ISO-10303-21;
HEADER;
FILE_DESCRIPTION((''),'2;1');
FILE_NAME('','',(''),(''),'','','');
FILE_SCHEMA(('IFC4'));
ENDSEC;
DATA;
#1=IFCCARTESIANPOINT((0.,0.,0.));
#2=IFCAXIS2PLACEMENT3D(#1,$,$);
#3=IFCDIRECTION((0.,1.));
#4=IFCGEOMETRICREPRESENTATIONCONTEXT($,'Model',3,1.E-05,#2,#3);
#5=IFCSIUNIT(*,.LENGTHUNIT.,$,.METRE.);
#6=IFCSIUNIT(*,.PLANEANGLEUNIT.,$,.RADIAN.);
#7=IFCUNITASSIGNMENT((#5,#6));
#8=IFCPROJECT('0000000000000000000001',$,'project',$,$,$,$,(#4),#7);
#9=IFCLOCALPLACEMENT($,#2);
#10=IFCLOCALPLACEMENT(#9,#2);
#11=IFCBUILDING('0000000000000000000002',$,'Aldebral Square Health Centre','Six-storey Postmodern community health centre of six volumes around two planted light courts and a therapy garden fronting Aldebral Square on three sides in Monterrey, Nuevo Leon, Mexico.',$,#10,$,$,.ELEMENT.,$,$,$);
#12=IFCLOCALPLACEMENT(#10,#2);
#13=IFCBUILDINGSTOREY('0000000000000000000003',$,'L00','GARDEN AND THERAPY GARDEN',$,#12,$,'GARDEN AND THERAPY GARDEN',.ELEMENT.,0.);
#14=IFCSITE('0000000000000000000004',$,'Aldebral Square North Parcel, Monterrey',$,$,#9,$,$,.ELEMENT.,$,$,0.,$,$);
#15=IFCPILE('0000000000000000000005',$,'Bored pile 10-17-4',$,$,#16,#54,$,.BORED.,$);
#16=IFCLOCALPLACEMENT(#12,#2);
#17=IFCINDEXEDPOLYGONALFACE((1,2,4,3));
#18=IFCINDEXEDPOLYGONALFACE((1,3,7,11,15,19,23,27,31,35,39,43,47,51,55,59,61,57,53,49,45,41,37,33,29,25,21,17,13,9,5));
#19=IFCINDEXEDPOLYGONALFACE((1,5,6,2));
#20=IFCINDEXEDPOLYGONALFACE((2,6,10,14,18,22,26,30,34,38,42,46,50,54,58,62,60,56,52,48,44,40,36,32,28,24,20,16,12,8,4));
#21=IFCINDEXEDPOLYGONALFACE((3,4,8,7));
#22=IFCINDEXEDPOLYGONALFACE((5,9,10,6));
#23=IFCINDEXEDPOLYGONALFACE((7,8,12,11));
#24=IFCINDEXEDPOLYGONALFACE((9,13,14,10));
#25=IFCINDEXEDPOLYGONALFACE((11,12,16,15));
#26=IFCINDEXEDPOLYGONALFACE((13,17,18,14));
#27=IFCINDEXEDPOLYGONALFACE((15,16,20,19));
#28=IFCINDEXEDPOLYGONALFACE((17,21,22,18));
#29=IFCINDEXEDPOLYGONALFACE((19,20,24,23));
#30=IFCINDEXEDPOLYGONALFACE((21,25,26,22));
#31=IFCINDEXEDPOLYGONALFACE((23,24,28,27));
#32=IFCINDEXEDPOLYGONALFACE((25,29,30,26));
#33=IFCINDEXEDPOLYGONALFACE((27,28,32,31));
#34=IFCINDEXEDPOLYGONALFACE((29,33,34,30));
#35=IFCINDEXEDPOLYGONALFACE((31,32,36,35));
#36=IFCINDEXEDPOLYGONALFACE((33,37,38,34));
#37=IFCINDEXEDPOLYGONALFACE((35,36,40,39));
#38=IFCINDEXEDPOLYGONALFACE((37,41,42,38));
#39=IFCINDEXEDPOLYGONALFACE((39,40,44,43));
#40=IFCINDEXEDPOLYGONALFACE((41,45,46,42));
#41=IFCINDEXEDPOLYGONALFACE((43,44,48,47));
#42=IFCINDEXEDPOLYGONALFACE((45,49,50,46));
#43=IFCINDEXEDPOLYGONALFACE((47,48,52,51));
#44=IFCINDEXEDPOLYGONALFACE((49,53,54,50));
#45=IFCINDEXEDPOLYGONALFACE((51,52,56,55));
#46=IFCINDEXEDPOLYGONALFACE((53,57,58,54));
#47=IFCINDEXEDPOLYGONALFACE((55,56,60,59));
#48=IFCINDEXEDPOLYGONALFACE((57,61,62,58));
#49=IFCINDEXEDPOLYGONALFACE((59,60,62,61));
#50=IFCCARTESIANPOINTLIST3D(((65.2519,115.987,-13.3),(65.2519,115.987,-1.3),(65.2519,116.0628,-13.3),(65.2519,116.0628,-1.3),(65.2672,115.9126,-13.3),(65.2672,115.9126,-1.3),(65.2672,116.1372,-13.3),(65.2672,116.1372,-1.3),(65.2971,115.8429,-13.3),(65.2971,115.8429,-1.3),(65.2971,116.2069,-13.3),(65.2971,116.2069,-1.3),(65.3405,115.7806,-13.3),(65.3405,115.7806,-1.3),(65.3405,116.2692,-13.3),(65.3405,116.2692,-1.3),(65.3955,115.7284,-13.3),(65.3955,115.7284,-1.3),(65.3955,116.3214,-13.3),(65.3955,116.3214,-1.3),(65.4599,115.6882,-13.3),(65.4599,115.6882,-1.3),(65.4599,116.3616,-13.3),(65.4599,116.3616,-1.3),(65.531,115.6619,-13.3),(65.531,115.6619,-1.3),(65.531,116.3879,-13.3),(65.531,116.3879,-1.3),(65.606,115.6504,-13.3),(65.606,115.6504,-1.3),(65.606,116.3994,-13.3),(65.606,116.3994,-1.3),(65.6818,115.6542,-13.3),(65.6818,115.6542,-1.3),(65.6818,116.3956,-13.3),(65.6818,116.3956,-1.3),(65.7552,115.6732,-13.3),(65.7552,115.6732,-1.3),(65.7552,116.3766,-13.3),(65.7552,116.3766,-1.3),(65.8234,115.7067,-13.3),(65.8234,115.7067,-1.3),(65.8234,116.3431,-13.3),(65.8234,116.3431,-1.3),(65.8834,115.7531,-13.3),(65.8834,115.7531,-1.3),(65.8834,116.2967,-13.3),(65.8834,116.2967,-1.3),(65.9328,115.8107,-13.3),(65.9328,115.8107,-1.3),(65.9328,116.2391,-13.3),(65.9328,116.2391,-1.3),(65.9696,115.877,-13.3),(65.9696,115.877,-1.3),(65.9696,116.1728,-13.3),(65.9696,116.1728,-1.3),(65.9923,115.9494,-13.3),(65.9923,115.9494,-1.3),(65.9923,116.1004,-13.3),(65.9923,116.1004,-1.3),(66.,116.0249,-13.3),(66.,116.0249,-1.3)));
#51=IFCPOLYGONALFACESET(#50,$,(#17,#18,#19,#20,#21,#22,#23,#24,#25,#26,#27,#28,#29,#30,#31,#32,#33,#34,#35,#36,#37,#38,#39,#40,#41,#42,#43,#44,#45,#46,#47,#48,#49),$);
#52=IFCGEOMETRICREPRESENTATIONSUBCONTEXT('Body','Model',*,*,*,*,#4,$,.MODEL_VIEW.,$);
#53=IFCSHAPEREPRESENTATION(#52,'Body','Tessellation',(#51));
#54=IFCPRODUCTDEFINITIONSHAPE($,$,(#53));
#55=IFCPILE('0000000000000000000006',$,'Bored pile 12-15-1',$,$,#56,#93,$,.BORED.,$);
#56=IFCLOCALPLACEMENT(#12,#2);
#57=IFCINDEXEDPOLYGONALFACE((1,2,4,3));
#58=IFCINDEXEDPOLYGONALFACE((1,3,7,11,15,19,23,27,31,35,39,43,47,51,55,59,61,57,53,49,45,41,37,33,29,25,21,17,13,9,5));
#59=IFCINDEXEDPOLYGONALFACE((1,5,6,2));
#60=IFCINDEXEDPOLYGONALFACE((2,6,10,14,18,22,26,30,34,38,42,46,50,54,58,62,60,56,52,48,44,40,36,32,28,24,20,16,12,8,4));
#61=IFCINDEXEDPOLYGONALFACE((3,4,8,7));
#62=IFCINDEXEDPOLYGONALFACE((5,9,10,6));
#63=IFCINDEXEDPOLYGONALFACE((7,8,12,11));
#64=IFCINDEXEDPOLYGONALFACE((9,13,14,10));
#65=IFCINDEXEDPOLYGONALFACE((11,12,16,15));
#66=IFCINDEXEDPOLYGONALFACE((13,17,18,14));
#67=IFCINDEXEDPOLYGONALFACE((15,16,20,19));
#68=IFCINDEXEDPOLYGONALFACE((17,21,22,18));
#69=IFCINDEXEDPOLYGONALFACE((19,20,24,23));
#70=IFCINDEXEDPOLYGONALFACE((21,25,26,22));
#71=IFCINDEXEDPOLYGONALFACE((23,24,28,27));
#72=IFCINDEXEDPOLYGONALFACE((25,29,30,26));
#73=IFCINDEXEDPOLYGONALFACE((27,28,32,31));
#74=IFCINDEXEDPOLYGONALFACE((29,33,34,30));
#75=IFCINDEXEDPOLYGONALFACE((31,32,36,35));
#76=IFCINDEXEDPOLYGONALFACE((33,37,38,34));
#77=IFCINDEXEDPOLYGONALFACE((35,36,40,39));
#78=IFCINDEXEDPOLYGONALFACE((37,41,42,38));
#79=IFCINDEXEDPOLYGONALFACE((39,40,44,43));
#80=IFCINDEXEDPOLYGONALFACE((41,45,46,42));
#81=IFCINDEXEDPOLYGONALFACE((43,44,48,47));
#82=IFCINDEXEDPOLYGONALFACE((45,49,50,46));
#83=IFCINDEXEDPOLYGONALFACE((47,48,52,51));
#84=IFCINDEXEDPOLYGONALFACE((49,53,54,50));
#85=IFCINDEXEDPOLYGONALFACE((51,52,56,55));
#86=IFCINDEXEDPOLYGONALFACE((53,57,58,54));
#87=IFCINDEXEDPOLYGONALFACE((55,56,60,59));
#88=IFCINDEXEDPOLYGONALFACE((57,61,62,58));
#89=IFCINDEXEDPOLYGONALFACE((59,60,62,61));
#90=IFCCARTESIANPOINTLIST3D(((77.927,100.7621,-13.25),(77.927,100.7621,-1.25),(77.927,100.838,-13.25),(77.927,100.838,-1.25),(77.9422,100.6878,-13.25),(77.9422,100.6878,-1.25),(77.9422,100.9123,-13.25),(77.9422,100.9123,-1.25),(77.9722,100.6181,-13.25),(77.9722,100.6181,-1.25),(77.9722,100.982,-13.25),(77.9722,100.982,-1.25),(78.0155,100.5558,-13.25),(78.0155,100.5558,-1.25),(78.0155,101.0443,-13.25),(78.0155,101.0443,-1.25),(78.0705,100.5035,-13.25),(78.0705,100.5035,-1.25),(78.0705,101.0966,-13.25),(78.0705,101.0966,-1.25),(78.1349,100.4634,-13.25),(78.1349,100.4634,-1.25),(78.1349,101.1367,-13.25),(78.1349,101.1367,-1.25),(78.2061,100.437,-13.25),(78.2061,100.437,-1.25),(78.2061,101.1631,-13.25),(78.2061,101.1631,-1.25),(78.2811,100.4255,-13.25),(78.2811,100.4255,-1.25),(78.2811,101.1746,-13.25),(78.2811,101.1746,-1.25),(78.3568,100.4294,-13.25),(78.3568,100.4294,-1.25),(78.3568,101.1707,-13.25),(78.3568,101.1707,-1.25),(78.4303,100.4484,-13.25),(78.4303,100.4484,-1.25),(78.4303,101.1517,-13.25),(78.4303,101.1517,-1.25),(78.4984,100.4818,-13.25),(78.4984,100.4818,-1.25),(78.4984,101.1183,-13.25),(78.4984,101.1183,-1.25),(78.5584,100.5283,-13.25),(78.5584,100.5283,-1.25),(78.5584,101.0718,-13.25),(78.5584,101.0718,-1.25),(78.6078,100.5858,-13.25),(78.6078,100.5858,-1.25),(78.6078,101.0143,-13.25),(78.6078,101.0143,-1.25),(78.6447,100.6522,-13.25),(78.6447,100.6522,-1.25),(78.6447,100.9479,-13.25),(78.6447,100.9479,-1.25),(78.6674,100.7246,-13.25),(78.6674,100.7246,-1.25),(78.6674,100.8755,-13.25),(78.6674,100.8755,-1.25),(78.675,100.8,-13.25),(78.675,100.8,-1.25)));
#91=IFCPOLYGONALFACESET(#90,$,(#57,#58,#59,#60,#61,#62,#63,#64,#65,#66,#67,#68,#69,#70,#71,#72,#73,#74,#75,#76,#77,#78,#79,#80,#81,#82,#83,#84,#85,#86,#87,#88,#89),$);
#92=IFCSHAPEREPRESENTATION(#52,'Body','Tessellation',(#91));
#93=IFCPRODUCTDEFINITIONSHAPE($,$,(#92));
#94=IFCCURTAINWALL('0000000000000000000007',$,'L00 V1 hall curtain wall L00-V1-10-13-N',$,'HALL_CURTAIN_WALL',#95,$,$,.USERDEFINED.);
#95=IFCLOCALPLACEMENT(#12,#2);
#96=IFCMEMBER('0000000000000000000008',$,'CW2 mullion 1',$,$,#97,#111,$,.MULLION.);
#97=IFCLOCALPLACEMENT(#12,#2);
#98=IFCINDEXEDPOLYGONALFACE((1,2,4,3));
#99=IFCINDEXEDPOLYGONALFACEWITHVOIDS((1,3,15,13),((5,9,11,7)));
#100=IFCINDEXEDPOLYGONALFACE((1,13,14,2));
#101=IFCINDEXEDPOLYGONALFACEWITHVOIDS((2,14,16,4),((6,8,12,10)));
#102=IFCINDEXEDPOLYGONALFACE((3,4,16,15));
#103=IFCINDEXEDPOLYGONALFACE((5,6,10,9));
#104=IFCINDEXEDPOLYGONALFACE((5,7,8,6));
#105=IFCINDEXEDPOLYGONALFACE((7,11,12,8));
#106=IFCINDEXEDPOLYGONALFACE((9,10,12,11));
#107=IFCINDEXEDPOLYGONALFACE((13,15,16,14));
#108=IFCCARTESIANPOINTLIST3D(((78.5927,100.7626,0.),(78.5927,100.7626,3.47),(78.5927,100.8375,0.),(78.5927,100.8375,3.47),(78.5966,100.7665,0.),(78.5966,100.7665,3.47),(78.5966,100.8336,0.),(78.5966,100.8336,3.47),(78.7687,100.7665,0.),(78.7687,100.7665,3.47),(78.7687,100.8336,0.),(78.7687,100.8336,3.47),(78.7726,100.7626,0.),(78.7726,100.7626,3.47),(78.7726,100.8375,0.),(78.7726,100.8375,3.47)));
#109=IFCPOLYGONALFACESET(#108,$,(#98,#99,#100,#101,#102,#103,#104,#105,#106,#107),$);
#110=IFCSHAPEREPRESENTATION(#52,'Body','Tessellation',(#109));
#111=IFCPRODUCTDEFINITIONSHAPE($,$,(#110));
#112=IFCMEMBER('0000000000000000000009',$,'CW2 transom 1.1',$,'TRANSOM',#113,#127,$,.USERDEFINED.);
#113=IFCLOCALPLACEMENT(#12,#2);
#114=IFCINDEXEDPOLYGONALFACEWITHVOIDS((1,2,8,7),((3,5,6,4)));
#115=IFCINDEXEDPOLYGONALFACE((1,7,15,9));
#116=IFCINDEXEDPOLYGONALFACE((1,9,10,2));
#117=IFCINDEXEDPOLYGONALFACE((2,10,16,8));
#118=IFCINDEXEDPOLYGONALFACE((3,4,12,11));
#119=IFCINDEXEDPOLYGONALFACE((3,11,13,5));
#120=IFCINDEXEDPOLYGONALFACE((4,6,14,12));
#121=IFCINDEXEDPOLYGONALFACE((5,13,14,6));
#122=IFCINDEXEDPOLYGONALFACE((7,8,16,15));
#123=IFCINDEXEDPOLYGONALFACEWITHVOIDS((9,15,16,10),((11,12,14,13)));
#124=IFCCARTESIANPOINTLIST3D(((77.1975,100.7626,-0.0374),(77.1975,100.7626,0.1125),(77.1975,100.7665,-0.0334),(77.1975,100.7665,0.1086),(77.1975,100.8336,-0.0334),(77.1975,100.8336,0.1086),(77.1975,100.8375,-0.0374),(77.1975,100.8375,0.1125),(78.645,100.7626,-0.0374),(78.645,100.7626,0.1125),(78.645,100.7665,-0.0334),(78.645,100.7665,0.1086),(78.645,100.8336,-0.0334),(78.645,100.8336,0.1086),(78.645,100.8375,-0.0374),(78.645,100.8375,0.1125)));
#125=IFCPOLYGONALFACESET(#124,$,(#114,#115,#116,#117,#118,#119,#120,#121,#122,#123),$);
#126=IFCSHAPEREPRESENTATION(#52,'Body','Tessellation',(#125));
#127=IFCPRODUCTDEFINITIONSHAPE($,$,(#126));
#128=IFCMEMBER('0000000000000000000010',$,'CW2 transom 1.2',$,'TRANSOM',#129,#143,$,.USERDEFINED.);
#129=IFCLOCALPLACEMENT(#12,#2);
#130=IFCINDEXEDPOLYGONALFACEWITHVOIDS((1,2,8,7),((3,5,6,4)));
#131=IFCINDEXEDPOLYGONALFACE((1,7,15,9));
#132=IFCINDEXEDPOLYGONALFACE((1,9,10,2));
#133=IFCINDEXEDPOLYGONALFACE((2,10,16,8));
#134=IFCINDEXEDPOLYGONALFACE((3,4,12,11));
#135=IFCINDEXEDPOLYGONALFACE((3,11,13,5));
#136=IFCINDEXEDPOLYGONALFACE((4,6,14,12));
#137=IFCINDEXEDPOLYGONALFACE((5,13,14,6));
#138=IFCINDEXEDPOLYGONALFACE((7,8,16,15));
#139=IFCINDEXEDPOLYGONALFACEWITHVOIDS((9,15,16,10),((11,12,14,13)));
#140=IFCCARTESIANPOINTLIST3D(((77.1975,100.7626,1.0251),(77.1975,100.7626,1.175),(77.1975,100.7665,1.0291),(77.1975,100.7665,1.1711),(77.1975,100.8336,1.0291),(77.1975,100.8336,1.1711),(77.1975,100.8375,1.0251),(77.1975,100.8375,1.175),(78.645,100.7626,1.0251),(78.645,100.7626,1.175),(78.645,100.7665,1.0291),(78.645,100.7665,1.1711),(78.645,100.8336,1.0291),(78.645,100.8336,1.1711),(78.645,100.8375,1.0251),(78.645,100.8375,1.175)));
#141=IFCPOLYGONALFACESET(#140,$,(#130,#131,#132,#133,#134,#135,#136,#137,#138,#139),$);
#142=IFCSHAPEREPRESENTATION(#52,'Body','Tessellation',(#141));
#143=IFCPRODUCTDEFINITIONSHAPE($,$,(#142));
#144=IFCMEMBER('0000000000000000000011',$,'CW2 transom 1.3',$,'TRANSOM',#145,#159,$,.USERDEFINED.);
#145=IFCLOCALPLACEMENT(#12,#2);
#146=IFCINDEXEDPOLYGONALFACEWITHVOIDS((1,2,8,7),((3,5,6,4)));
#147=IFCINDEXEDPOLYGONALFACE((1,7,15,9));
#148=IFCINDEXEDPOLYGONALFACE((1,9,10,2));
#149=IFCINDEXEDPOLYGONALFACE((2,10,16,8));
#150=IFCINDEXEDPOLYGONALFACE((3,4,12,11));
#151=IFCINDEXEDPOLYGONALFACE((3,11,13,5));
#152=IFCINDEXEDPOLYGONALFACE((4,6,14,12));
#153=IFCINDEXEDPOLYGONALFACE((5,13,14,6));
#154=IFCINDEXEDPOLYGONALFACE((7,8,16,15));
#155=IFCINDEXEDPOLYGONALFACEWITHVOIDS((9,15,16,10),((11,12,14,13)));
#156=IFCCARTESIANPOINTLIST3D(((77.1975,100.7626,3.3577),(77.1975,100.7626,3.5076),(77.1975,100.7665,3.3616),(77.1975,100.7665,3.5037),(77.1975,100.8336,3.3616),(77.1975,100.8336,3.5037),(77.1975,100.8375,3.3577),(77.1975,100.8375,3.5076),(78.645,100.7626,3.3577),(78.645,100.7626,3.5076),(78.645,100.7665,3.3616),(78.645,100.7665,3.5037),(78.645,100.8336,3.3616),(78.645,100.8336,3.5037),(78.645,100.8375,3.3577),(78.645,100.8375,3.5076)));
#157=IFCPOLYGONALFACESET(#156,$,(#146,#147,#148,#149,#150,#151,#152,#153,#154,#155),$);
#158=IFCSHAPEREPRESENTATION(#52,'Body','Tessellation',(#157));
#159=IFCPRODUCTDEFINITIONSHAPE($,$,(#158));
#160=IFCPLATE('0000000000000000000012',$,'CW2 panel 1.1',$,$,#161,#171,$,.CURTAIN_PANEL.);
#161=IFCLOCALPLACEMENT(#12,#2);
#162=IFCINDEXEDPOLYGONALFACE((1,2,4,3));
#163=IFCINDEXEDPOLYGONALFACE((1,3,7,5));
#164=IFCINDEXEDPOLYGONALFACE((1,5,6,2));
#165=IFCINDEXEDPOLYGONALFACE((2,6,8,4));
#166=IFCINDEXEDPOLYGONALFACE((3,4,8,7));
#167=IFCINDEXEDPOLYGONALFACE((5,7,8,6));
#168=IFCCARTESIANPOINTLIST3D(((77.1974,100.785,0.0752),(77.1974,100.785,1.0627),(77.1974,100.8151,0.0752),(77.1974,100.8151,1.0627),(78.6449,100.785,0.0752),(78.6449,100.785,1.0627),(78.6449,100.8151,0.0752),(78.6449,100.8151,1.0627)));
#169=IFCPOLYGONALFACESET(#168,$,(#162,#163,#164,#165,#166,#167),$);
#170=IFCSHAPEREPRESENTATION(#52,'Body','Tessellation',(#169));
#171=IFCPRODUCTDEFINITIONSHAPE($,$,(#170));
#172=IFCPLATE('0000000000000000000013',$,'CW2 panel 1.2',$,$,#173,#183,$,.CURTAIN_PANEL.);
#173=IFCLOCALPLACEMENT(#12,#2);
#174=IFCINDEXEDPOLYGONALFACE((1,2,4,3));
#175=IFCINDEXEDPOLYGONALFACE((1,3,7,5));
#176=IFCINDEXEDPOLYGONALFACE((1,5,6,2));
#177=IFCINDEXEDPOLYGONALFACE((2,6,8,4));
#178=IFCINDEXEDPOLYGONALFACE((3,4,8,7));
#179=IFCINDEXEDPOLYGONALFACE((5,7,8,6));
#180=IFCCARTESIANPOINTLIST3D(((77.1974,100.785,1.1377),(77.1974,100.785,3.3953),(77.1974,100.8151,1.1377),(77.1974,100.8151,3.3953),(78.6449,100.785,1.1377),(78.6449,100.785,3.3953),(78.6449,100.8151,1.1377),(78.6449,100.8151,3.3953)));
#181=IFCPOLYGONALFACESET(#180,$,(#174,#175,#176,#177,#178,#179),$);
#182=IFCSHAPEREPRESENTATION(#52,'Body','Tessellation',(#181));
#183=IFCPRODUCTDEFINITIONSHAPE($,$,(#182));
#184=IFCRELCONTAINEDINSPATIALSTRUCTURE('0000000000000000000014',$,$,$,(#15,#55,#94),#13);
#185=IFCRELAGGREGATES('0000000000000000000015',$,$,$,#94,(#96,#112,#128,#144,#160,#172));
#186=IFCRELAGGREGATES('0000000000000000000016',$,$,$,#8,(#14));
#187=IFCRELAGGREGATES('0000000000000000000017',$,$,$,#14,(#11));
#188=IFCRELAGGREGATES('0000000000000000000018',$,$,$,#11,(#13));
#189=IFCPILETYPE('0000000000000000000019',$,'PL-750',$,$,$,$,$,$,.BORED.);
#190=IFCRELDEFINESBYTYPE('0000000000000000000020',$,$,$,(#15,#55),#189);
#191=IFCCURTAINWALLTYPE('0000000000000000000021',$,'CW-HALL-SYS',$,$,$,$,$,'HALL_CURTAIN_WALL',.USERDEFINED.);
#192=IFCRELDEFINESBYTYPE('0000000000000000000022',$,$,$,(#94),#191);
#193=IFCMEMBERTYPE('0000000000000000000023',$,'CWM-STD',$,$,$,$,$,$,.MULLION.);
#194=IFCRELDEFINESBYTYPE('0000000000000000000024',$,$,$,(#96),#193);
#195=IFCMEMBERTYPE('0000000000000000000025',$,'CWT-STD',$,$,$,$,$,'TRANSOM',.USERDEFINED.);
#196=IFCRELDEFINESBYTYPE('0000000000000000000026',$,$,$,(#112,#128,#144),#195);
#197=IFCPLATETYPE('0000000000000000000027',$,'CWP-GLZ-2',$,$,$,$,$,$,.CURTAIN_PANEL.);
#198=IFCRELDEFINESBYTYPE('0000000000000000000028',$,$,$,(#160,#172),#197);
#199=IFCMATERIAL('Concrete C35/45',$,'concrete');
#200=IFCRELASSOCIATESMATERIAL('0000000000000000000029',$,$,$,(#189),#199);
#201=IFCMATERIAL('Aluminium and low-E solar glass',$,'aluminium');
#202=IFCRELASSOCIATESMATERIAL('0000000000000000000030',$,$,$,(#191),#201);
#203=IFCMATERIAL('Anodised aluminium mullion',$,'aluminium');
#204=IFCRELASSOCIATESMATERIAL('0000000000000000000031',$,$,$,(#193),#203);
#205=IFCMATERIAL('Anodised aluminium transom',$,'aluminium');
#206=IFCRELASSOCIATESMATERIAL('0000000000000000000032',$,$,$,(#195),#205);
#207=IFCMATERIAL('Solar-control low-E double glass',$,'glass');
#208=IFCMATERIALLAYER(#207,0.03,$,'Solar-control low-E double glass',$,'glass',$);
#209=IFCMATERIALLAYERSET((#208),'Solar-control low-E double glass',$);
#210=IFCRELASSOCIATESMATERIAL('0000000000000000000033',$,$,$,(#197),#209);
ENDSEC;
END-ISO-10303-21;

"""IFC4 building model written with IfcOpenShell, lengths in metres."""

from ifc_helpers import new_model, si_unit, direction, frame, origin, origin_2d, place, context, subcontext, project, spatial, rectangle, hollow_rectangle, circle, extrude, material, layer, layer_set, material_profile, profile_set, type_object, element, aggregate, save


model = new_model("IFC4")

# Units and contexts
model_context = context("Model", 3, precision=1e-05, world=origin(), true_north=direction((0.0, 1.0)))
body_context = subcontext(model_context, "Body", "Model", "MODEL_VIEW")
ifc_project = project(units=[si_unit("LENGTHUNIT", "METRE"), si_unit("PLANEANGLEUNIT", "RADIAN")], contexts=[model_context])

# Site, building, storey
site_placement = place(None, origin())
site = spatial("IfcSite", under=ifc_project, at=site_placement, Name="Aldebral Square North Parcel, Monterrey", CompositionType="ELEMENT", RefElevation=0.0)
building_placement = place(site_placement, origin())
building = spatial("IfcBuilding", under=site, at=building_placement, Name="Aldebral Square Health Centre", Description="Six-storey Postmodern community health centre of six volumes around two planted light courts and a therapy garden fronting Aldebral Square on three sides in Monterrey, Nuevo Leon, Mexico.", CompositionType="ELEMENT")
storey_placement = place(building_placement, origin())
storey = spatial("IfcBuildingStorey", under=building, at=storey_placement, Name="L00", Description="GARDEN AND THERAPY GARDEN", LongName="GARDEN AND THERAPY GARDEN", CompositionType="ELEMENT", Elevation=0.0)

# Shared definitions
ifc_material_1 = material(Name="Concrete C35/45", Category="concrete")

# Piles
ifc_material_profile_1 = material_profile(ifc_material_1, circle(Radius=0.375, at=origin_2d()), Name="PILE D750")
ifc_profile_set_1 = profile_set([ifc_material_profile_1], Name="Concrete C35/45")
pile_type = type_object("IfcPileType", Name="PL-750", PredefinedType="BORED", material=ifc_profile_set_1)
for number, where, z_axis, x_axis, name in (
    (1, (65.625, 116.0249, -1.3), (0.0, 0.0, -1.0), (1.0, 0.0, 0.0), "Bored pile 10-17-4"),
    (2, (78.3, 100.8, -1.25), (0.0, 0.0, -1.0), (1.0, 0.0, 0.0), "Bored pile 12-15-1"),
):
    element("IfcPile", number, at=place(storey_placement, frame(where, z_axis=z_axis, x_axis=x_axis)), inside=storey, type_object=pile_type, Name=name, PredefinedType="BORED", context=body_context, shape_type="SweptSolid", body=[
        extrude(circle(Radius=0.375, at=origin_2d()), origin(), (0.0, 0.0, 1.0), 12.0),
    ])

# Curtain wall, members, plates
ifc_material_2 = material(Name="Aluminium and low-E solar glass", Category="aluminium")
curtain_wall_type = type_object("IfcCurtainWallType", Name="CW-HALL-SYS", ElementType="HALL_CURTAIN_WALL", PredefinedType="USERDEFINED", material=ifc_material_2)
curtain_wall_placement = place(storey_placement, origin())
curtain_wall = element("IfcCurtainWall", 3, at=curtain_wall_placement, inside=storey, type_object=curtain_wall_type, Name="L00 V1 hall curtain wall L00-V1-10-13-N", ObjectType="HALL_CURTAIN_WALL", PredefinedType="USERDEFINED")
ifc_material_3 = material(Name="Anodised aluminium mullion", Category="aluminium")
ifc_material_profile_2 = material_profile(ifc_material_3, hollow_rectangle(XDim=0.075, YDim=0.1799, WallThickness=0.0039, at=origin_2d()), Name="CWM 75x180x4")
ifc_profile_set_2 = profile_set([ifc_material_profile_2], Name="Anodised aluminium mullion")
member_type_1 = type_object("IfcMemberType", Name="CWM-STD", PredefinedType="MULLION", material=ifc_profile_set_2)
member_1_placement = place(storey_placement, frame((78.6826, 100.8, 0.0), z_axis=(0.0, 0.0, 1.0), x_axis=(0.0, -1.0, 0.0)))
member_1 = element("IfcMember", 4, at=member_1_placement, type_object=member_type_1, Name="CW2 mullion 1", PredefinedType="MULLION", context=body_context, shape_type="SweptSolid", body=[
    extrude(hollow_rectangle(XDim=0.075, YDim=0.1799, WallThickness=0.0039, at=origin_2d()), origin(), (0.0, 0.0, 1.0), 3.47),
])
ifc_material_4 = material(Name="Anodised aluminium transom", Category="aluminium")
ifc_material_profile_3 = material_profile(ifc_material_4, hollow_rectangle(XDim=0.075, YDim=0.1499, WallThickness=0.0039, at=origin_2d()), Name="CWT 75x150x4")
ifc_profile_set_3 = profile_set([ifc_material_profile_3], Name="Anodised aluminium transom")
member_type_2 = type_object("IfcMemberType", Name="CWT-STD", ElementType="TRANSOM", PredefinedType="USERDEFINED", material=ifc_profile_set_3)
member_2_placement = place(storey_placement, frame((78.645, 100.8, 0.0376), z_axis=(-1.0, 0.0, 0.0), x_axis=(0.0, -1.0, 0.0)))
member_2 = element("IfcMember", 5, at=member_2_placement, type_object=member_type_2, Name="CW2 transom 1.1", ObjectType="TRANSOM", PredefinedType="USERDEFINED", context=body_context, shape_type="SweptSolid", body=[
    extrude(hollow_rectangle(XDim=0.075, YDim=0.1499, WallThickness=0.0039, at=origin_2d()), origin(), (0.0, 0.0, 1.0), 1.4475),
])
member_3_placement = place(storey_placement, frame((78.645, 100.8, 1.1001), z_axis=(-1.0, 0.0, 0.0), x_axis=(0.0, -1.0, 0.0)))
member_3 = element("IfcMember", 6, at=member_3_placement, type_object=member_type_2, Name="CW2 transom 1.2", ObjectType="TRANSOM", PredefinedType="USERDEFINED", context=body_context, shape_type="SweptSolid", body=[
    extrude(hollow_rectangle(XDim=0.075, YDim=0.1499, WallThickness=0.0039, at=origin_2d()), origin(), (0.0, 0.0, 1.0), 1.4475),
])
member_4_placement = place(storey_placement, frame((78.645, 100.8, 3.4326), z_axis=(-1.0, 0.0, 0.0), x_axis=(0.0, -1.0, 0.0)))
member_4 = element("IfcMember", 7, at=member_4_placement, type_object=member_type_2, Name="CW2 transom 1.3", ObjectType="TRANSOM", PredefinedType="USERDEFINED", context=body_context, shape_type="SweptSolid", body=[
    extrude(hollow_rectangle(XDim=0.075, YDim=0.1499, WallThickness=0.0039, at=origin_2d()), origin(), (0.0, 0.0, 1.0), 1.4475),
])
ifc_material_5 = material(Name="Solar-control low-E double glass", Category="glass")
ifc_layer_1 = layer(ifc_material_5, 0.03, Name="Solar-control low-E double glass", Category="glass")
ifc_layer_set_1 = layer_set([ifc_layer_1], Name="Solar-control low-E double glass")
plate_type = type_object("IfcPlateType", Name="CWP-GLZ-2", PredefinedType="CURTAIN_PANEL", material=ifc_layer_set_1)
plate_1_placement = place(storey_placement, frame((77.9211, 100.8, 0.0752), z_axis=(0.0, 0.0, 1.0), x_axis=(-1.0, 0.0, 0.0)))
plate_1 = element("IfcPlate", 8, at=plate_1_placement, type_object=plate_type, Name="CW2 panel 1.1", PredefinedType="CURTAIN_PANEL", context=body_context, shape_type="SweptSolid", body=[
    extrude(rectangle(XDim=1.4475, YDim=0.03, at=origin_2d()), origin(), (0.0, 0.0, 1.0), 0.9875),
])
plate_2_placement = place(storey_placement, frame((77.9211, 100.8, 1.1377), z_axis=(0.0, 0.0, 1.0), x_axis=(-1.0, 0.0, 0.0)))
plate_2 = element("IfcPlate", 9, at=plate_2_placement, type_object=plate_type, Name="CW2 panel 1.2", PredefinedType="CURTAIN_PANEL", context=body_context, shape_type="SweptSolid", body=[
    extrude(rectangle(XDim=1.4475, YDim=0.03, at=origin_2d()), origin(), (0.0, 0.0, 1.0), 2.2576),
])
aggregate(curtain_wall, [member_1, member_2, member_3, member_4, plate_1, plate_2])

save(model, "model.ifc")
